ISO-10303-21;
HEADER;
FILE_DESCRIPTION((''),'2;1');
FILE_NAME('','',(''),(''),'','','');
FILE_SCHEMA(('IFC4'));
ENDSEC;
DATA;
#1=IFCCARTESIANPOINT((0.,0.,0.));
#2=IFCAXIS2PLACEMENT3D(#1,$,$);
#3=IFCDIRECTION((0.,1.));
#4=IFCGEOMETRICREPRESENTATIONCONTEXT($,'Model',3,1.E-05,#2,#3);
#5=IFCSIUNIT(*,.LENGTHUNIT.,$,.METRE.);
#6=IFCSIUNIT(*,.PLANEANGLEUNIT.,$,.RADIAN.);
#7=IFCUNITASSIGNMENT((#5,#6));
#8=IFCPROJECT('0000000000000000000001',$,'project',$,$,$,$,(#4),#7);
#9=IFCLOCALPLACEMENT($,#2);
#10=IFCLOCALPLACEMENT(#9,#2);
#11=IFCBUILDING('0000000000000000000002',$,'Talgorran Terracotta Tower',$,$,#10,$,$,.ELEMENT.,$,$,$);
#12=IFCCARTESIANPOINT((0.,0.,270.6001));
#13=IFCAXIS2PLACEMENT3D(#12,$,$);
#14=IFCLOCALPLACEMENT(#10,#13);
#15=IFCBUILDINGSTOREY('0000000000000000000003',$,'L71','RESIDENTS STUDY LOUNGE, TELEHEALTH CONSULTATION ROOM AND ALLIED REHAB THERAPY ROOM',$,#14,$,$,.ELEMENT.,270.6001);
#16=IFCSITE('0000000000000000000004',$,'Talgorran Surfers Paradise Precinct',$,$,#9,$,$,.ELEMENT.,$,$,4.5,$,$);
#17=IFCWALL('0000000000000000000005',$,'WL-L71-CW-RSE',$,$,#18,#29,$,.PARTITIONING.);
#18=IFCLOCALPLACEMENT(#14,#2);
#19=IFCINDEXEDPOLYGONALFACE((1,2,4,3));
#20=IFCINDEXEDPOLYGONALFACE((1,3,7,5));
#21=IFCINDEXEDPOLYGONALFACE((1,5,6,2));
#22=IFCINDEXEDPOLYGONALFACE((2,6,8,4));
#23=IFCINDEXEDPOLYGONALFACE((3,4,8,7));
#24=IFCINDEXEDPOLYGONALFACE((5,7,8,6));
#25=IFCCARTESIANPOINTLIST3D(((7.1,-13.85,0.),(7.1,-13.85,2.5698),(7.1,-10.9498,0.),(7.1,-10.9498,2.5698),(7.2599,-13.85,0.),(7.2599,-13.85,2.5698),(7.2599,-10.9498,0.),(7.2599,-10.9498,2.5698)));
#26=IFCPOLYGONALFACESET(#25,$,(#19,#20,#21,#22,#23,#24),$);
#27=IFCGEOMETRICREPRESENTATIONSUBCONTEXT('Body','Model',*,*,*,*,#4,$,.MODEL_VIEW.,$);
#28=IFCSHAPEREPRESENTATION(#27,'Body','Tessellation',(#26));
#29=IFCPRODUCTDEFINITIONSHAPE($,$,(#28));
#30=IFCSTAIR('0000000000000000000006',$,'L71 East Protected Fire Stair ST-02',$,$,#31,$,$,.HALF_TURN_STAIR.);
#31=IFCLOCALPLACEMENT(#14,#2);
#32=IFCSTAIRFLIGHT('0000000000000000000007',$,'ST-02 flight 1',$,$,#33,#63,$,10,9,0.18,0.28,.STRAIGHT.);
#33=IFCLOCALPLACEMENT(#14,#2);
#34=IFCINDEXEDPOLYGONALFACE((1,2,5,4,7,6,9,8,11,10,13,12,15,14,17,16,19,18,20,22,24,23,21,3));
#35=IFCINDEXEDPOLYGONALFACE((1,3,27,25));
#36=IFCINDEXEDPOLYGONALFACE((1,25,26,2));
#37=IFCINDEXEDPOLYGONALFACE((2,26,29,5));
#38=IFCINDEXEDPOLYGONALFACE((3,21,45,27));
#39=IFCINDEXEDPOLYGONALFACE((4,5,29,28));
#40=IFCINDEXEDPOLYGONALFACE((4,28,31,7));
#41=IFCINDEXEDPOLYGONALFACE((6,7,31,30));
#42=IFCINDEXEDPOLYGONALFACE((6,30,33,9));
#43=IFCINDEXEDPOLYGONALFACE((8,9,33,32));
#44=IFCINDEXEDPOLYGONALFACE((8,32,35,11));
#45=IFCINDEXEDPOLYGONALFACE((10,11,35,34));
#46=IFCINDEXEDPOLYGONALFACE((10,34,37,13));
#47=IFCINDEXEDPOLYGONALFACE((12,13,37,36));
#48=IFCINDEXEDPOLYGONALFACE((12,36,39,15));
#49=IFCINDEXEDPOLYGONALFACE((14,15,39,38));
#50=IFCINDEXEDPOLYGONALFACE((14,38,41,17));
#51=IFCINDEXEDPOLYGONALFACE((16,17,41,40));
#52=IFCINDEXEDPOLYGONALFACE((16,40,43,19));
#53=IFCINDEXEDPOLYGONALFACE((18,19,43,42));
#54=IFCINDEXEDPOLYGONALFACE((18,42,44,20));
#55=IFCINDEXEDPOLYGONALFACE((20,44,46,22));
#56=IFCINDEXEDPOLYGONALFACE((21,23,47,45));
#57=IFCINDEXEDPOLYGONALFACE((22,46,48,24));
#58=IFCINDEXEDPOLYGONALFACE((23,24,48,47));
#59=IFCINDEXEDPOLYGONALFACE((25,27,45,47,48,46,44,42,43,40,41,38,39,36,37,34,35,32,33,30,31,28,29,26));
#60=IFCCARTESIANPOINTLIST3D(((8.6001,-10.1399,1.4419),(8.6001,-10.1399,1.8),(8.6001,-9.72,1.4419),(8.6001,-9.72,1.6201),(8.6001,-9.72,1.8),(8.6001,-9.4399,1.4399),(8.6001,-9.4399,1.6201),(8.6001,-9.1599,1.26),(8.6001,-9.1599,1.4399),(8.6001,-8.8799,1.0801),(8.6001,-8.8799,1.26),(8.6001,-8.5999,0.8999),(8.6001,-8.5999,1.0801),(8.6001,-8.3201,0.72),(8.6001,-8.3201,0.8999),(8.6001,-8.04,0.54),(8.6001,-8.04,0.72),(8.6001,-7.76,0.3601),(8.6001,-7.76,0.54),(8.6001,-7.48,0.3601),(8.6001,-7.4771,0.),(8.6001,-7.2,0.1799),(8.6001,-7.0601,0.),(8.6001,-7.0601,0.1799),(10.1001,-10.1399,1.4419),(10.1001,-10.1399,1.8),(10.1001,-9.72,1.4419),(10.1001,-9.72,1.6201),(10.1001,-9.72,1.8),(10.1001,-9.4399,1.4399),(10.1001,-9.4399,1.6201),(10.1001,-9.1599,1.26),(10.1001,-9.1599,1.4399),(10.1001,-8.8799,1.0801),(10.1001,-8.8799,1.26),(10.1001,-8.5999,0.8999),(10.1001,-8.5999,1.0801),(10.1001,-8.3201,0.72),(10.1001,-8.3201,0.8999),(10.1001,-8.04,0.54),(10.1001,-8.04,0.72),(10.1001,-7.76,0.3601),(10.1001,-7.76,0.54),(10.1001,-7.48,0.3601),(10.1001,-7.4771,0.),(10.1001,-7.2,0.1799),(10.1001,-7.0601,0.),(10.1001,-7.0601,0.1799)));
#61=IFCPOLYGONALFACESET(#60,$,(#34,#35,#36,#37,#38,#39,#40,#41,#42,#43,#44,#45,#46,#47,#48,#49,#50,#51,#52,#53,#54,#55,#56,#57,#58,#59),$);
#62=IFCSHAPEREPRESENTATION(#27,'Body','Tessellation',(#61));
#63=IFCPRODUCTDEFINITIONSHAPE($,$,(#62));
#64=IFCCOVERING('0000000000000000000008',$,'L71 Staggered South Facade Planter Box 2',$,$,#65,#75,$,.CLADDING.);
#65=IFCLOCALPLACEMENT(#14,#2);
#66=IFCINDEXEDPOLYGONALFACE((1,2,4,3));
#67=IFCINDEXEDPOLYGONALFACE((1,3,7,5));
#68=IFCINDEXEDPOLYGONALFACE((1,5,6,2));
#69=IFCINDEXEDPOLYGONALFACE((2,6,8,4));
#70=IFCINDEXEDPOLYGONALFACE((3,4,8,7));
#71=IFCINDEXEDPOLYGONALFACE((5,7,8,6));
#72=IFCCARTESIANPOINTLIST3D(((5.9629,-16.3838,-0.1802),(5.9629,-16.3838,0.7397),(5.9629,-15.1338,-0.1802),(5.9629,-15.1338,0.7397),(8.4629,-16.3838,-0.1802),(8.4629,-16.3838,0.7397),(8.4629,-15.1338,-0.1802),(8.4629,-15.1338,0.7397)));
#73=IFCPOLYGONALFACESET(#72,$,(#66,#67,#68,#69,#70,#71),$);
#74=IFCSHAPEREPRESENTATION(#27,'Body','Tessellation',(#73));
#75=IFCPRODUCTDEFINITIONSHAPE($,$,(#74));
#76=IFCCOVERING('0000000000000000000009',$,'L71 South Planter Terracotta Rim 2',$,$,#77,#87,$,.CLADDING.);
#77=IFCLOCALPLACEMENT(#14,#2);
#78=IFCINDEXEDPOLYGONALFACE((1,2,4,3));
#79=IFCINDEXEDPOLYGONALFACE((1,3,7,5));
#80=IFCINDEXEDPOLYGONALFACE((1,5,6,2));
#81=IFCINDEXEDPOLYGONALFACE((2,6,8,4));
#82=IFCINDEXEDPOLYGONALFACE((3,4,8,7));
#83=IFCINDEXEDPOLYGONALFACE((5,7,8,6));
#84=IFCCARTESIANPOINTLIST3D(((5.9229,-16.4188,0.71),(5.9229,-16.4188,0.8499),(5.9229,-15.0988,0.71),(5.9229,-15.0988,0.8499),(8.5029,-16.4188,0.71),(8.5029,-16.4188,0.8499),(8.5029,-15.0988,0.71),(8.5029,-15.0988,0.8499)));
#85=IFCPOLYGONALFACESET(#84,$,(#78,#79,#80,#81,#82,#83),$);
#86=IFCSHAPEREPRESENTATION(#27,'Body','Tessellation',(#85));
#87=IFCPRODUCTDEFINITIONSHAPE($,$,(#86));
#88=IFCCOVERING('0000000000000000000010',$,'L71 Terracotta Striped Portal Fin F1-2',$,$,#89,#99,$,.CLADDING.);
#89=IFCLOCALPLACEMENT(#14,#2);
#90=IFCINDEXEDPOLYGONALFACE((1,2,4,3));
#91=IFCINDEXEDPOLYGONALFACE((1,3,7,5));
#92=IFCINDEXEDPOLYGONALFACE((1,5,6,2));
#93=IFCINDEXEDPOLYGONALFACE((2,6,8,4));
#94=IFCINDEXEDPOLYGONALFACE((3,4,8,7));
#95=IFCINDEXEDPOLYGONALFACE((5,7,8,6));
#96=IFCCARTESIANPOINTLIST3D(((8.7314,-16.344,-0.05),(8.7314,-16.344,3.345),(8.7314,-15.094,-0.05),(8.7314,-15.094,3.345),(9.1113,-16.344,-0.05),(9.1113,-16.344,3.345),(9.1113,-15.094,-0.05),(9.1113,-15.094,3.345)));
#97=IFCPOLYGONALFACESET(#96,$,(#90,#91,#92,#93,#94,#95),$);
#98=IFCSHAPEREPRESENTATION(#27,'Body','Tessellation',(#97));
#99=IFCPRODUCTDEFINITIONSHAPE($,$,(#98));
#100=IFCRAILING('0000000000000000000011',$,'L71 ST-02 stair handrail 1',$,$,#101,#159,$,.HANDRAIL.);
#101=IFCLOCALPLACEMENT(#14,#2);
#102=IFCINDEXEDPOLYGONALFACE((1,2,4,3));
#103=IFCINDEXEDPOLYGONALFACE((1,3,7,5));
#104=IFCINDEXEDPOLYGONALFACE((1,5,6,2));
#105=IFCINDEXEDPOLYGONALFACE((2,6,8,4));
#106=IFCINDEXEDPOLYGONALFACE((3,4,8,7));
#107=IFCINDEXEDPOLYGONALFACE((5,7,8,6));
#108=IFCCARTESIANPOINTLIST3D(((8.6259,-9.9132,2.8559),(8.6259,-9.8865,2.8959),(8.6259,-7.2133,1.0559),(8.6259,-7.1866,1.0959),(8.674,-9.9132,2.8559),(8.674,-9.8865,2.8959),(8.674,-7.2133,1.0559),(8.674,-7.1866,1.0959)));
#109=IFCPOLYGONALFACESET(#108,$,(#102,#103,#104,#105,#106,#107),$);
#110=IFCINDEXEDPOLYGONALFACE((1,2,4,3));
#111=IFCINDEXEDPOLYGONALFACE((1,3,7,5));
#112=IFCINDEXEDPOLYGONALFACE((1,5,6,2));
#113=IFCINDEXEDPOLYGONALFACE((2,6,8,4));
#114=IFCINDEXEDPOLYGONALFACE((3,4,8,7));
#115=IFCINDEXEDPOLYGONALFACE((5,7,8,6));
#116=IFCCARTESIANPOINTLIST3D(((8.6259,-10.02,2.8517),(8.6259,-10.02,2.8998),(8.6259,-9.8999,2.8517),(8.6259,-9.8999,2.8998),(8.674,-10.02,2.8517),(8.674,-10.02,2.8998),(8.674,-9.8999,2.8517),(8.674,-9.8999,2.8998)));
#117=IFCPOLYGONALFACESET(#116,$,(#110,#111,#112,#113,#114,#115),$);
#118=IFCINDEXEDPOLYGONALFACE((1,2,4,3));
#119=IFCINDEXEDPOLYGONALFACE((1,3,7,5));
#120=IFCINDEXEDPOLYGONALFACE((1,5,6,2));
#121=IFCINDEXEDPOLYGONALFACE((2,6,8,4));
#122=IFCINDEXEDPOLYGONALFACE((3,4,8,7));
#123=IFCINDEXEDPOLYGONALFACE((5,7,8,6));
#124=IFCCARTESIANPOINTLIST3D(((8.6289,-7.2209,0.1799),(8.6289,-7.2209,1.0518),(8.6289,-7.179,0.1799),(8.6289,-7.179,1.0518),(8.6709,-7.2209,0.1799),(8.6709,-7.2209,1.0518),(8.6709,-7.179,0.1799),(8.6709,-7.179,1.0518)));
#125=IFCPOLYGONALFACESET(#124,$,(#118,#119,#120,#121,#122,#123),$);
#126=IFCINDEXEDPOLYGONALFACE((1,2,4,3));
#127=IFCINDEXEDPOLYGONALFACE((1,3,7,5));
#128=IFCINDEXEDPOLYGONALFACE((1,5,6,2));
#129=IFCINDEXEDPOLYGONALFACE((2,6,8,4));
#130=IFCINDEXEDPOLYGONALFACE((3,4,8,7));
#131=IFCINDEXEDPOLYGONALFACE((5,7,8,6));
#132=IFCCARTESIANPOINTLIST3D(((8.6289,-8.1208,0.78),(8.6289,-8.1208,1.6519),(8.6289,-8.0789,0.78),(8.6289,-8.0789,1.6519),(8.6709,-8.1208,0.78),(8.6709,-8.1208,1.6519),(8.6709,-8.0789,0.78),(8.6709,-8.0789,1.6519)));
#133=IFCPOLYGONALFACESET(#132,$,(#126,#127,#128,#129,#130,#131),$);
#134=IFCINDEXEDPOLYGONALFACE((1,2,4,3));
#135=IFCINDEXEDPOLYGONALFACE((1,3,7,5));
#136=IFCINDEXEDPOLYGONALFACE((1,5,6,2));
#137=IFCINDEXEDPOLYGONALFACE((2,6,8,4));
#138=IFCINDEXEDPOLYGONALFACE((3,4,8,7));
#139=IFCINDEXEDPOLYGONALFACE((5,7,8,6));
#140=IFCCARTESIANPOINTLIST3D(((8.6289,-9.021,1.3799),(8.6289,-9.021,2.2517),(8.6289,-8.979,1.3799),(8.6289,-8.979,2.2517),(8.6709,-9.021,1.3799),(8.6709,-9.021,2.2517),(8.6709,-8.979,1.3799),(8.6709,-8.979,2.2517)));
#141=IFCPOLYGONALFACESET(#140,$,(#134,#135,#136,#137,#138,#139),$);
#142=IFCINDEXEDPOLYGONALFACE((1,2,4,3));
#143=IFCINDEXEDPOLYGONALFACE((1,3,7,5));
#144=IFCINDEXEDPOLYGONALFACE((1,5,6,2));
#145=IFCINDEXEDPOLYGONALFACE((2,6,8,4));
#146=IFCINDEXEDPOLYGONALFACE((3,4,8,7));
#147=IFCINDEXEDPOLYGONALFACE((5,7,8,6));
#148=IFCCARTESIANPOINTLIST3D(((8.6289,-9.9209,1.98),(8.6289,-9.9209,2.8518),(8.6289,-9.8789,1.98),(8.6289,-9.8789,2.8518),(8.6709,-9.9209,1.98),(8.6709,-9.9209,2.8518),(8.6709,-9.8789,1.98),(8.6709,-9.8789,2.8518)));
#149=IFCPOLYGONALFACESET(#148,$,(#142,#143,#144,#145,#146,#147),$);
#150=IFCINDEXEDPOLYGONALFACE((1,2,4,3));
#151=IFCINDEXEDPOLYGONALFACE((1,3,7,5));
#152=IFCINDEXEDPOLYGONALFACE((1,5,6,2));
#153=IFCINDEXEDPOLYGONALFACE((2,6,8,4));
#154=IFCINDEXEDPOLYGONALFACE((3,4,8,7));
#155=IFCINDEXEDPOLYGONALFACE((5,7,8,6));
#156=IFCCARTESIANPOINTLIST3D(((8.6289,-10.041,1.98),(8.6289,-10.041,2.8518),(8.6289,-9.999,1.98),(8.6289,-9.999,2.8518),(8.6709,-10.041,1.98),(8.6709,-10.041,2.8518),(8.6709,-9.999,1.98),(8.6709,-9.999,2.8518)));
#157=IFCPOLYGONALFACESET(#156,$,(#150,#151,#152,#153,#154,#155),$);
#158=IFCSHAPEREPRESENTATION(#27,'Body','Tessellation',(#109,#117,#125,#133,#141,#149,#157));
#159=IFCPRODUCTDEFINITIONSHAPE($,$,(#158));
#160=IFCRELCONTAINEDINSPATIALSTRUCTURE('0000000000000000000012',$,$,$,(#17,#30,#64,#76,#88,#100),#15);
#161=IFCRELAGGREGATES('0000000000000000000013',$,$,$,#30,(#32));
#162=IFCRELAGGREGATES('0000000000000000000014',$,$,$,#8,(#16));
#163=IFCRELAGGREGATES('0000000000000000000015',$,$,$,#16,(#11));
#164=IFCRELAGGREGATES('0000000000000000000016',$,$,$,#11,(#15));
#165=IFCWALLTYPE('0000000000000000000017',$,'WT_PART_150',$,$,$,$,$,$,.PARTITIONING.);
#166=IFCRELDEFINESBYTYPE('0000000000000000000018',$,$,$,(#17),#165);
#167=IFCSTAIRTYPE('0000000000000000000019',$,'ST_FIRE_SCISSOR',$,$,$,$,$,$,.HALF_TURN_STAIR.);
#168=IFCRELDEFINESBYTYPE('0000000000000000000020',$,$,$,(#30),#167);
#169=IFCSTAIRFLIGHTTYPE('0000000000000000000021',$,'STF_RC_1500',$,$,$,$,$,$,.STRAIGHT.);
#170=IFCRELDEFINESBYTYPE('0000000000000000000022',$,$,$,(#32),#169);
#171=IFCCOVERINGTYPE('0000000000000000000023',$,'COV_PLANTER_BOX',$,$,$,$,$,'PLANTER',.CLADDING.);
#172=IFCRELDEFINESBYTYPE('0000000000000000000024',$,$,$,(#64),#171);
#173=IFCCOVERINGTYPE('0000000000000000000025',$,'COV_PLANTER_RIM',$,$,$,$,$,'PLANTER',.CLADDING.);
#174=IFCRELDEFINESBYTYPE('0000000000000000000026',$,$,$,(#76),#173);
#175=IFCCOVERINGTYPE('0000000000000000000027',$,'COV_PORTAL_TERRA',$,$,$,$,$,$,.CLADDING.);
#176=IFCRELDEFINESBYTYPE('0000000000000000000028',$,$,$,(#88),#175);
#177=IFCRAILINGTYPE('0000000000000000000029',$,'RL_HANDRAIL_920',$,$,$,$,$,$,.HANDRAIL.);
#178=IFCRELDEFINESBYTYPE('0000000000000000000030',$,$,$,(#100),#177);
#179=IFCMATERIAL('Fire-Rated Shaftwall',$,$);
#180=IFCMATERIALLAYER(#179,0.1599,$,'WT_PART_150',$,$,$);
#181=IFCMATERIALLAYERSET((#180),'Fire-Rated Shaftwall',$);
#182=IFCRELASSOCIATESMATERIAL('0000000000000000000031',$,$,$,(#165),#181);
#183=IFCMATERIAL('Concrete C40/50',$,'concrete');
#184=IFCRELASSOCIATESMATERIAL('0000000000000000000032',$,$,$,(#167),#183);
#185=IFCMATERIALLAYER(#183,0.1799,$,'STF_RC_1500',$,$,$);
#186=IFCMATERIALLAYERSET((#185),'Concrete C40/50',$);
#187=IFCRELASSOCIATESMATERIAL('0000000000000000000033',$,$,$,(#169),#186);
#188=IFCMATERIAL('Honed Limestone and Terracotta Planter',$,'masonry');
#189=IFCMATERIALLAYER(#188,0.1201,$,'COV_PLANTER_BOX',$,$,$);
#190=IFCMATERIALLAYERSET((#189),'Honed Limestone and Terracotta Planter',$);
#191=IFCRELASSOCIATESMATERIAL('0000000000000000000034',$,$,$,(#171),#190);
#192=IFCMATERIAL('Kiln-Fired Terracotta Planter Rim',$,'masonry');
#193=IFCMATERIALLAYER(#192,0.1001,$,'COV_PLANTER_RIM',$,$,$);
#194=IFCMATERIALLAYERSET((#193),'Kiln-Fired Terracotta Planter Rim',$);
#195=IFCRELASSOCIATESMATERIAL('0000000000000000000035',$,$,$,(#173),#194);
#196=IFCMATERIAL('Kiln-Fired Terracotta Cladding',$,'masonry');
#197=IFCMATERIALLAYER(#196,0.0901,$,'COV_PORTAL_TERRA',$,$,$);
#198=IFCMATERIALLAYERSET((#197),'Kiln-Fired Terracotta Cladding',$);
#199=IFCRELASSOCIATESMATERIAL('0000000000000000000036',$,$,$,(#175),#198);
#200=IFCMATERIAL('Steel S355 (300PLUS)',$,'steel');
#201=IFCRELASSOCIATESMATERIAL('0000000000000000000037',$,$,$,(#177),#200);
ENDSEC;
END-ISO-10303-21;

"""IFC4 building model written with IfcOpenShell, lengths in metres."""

from ifc_helpers import new_model, si_unit, direction, frame, frame_2d, origin, origin_2d, place, context, subcontext, project, spatial, polyline, rectangle, outline, extrude, material, layer, layer_set, type_object, element, aggregate, save


model = new_model("IFC4")

# Units and contexts
model_context = context("Model", 3, precision=1e-05, world=origin(), true_north=direction((0.0, 1.0)))
body_context = subcontext(model_context, "Body", "Model", "MODEL_VIEW")
ifc_project = project(units=[si_unit("LENGTHUNIT", "METRE"), si_unit("PLANEANGLEUNIT", "RADIAN")], contexts=[model_context])

# Site, building, storey
site_placement = place(None, origin())
site = spatial("IfcSite", under=ifc_project, at=site_placement, Name="Talgorran Surfers Paradise Precinct", CompositionType="ELEMENT", RefElevation=4.5)
building_placement = place(site_placement, origin())
building = spatial("IfcBuilding", under=site, at=building_placement, Name="Talgorran Terracotta Tower", CompositionType="ELEMENT")
storey_placement = place(building_placement, frame((0.0, 0.0, 270.6001)))
storey = spatial("IfcBuildingStorey", under=building, at=storey_placement, Name="L71", Description="RESIDENTS STUDY LOUNGE, TELEHEALTH CONSULTATION ROOM AND ALLIED REHAB THERAPY ROOM", CompositionType="ELEMENT", Elevation=270.6001)

# Wall
ifc_material_1 = material(Name="Fire-Rated Shaftwall")
ifc_layer_1 = layer(ifc_material_1, 0.1599, Name="WT_PART_150")
ifc_layer_set_1 = layer_set([ifc_layer_1], Name="Fire-Rated Shaftwall")
wall_type_1 = type_object("IfcWallType", Name="WT_PART_150", PredefinedType="PARTITIONING", material=ifc_layer_set_1)
wall_1_placement = place(storey_placement, frame((7.1799, -13.8501, 0.0), z_axis=(0.0, 0.0, 1.0), x_axis=(0.0, 1.0, 0.0)))
element("IfcWall", 1, at=wall_1_placement, inside=storey, type_object=wall_type_1, Name="WL-L71-CW-RSE", PredefinedType="PARTITIONING", context=body_context, shape_type="SweptSolid", body=[
    extrude(rectangle(XDim=2.9001, YDim=0.1599, at=frame_2d((1.4502, 0.0))), origin(), (0.0, 0.0, 1.0), 2.5698),
])

# Stair, stair flight
ifc_material_2 = material(Name="Concrete C40/50", Category="concrete")
stair_type = type_object("IfcStairType", Name="ST_FIRE_SCISSOR", PredefinedType="HALF_TURN_STAIR", material=ifc_material_2)
stair_placement = place(storey_placement, origin())
stair = element("IfcStair", 2, at=stair_placement, inside=storey, type_object=stair_type, Name="L71 East Protected Fire Stair ST-02", PredefinedType="HALF_TURN_STAIR")
ifc_layer_2 = layer(ifc_material_2, 0.1799, Name="STF_RC_1500")
ifc_layer_set_2 = layer_set([ifc_layer_2], Name="Concrete C40/50")
stair_flight_type = type_object("IfcStairFlightType", Name="STF_RC_1500", PredefinedType="STRAIGHT", material=ifc_layer_set_2)
stair_flight_placement = place(storey_placement, frame((9.3501, -7.2, 0.0), z_axis=(0.0, 0.0, 1.0), x_axis=(0.0, -1.0, 0.0)))
stair_flight = element("IfcStairFlight", 3, at=stair_flight_placement, type_object=stair_flight_type, Name="ST-02 flight 1", NumberOfRisers=10, NumberOfTreads=9, PredefinedType="STRAIGHT", RiserHeight=0.18, TreadLength=0.28, context=body_context, shape_type="SweptSolid", body=[
    extrude(outline(polyline([(-0.1399, 0.0), (-0.1399, 0.1799), (0.0, 0.1799), (0.28, 0.3601), (0.5601, 0.3601), (0.5601, 0.54), (0.8401, 0.54), (0.8401, 0.72), (1.1201, 0.72), (1.1201, 0.8999), (1.3999, 0.8999), (1.3999, 1.0801), (1.6799, 1.0801), (1.6799, 1.26), (1.96, 1.26), (1.96, 1.4399), (2.24, 1.4399), (2.24, 1.6201), (2.52, 1.6201), (2.52, 1.8), (2.9399, 1.8), (2.9399, 1.4419), (2.52, 1.4419), (0.2771, 0.0), (-0.1399, 0.0)])), frame((0.0, 0.75, 0.0), z_axis=(0.0, -1.0, 0.0), x_axis=(1.0, 0.0, 0.0)), (0.0, 0.0, 1.0), 1.5),
])
aggregate(stair, [stair_flight])

# Coverings
ifc_material_3 = material(Name="Honed Limestone and Terracotta Planter", Category="masonry")
ifc_layer_3 = layer(ifc_material_3, 0.1201, Name="COV_PLANTER_BOX")
ifc_layer_set_3 = layer_set([ifc_layer_3], Name="Honed Limestone and Terracotta Planter")
covering_type_1 = type_object("IfcCoveringType", Name="COV_PLANTER_BOX", ElementType="PLANTER", PredefinedType="CLADDING", material=ifc_layer_set_3)
covering_1_placement = place(storey_placement, frame((7.2129, -15.7588, -0.1802), z_axis=(0.0, 0.0, 1.0), x_axis=(1.0, 0.0, 0.0)))
element("IfcCovering", 4, at=covering_1_placement, inside=storey, type_object=covering_type_1, Name="L71 Staggered South Facade Planter Box 2", PredefinedType="CLADDING", context=body_context, shape_type="SweptSolid", body=[
    extrude(rectangle(XDim=2.5, YDim=1.25, at=origin_2d()), origin(), (0.0, 0.0, 1.0), 0.9199),
])
ifc_material_4 = material(Name="Kiln-Fired Terracotta Planter Rim", Category="masonry")
ifc_layer_4 = layer(ifc_material_4, 0.1001, Name="COV_PLANTER_RIM")
ifc_layer_set_4 = layer_set([ifc_layer_4], Name="Kiln-Fired Terracotta Planter Rim")
covering_type_2 = type_object("IfcCoveringType", Name="COV_PLANTER_RIM", ElementType="PLANTER", PredefinedType="CLADDING", material=ifc_layer_set_4)
covering_2_placement = place(storey_placement, frame((7.2129, -15.7588, 0.71), z_axis=(0.0, 0.0, 1.0), x_axis=(1.0, 0.0, 0.0)))
element("IfcCovering", 5, at=covering_2_placement, inside=storey, type_object=covering_type_2, Name="L71 South Planter Terracotta Rim 2", PredefinedType="CLADDING", context=body_context, shape_type="SweptSolid", body=[
    extrude(rectangle(XDim=2.5801, YDim=1.3201, at=origin_2d()), origin(), (0.0, 0.0, 1.0), 0.1399),
])
ifc_material_5 = material(Name="Kiln-Fired Terracotta Cladding", Category="masonry")
ifc_layer_5 = layer(ifc_material_5, 0.0901, Name="COV_PORTAL_TERRA")
ifc_layer_set_5 = layer_set([ifc_layer_5], Name="Kiln-Fired Terracotta Cladding")
covering_type_3 = type_object("IfcCoveringType", Name="COV_PORTAL_TERRA", PredefinedType="CLADDING", material=ifc_layer_set_5)
covering_3_placement = place(storey_placement, frame((8.9214, -15.719, -0.05), z_axis=(0.0, 0.0, 1.0), x_axis=(1.0, 0.0, 0.0)))
element("IfcCovering", 6, at=covering_3_placement, inside=storey, type_object=covering_type_3, Name="L71 Terracotta Striped Portal Fin F1-2", PredefinedType="CLADDING", context=body_context, shape_type="SweptSolid", body=[
    extrude(rectangle(XDim=0.3799, YDim=1.25, at=origin_2d()), origin(), (0.0, 0.0, 1.0), 3.395),
])

# Railing
ifc_material_6 = material(Name="Steel S355 (300PLUS)", Category="steel")
railing_type_1 = type_object("IfcRailingType", Name="RL_HANDRAIL_920", PredefinedType="HANDRAIL", material=ifc_material_6)
railing_1_placement = place(storey_placement, frame((8.6499, -7.2, 0.1799)))
element("IfcRailing", 7, at=railing_1_placement, inside=storey, type_object=railing_type_1, Name="L71 ST-02 stair handrail 1", PredefinedType="HANDRAIL", context=body_context, shape_type="SweptSolid", body=[
    extrude(rectangle(XDim=0.0481, YDim=0.0481, at=origin_2d()), frame((0.0, 0.0, 0.896), z_axis=(0.0, -0.832039, 0.554718), x_axis=(1.0, 0.0, 0.0)), (0.0, 0.0, 1.0), 3.2449),
    extrude(rectangle(XDim=0.0481, YDim=0.0481, at=origin_2d()), frame((0.0, -2.7, 2.6958), z_axis=(0.0, -1.0, 0.0), x_axis=(1.0, 0.0, 0.0)), (0.0, 0.0, 1.0), 0.1201),
    extrude(rectangle(XDim=0.042, YDim=0.042, at=origin_2d()), origin(), (0.0, 0.0, 1.0), 0.8718),
    extrude(rectangle(XDim=0.042, YDim=0.042, at=origin_2d()), frame((0.0, -0.8999, 0.6001)), (0.0, 0.0, 1.0), 0.8718),
    extrude(rectangle(XDim=0.042, YDim=0.042, at=origin_2d()), frame((0.0, -1.8, 1.2)), (0.0, 0.0, 1.0), 0.8718),
    extrude(rectangle(XDim=0.042, YDim=0.042, at=origin_2d()), frame((0.0, -2.7, 1.8)), (0.0, 0.0, 1.0), 0.8718),
    extrude(rectangle(XDim=0.042, YDim=0.042, at=origin_2d()), frame((0.0, -2.8201, 1.8)), (0.0, 0.0, 1.0), 0.8718),
])

save(model, "model.ifc")
